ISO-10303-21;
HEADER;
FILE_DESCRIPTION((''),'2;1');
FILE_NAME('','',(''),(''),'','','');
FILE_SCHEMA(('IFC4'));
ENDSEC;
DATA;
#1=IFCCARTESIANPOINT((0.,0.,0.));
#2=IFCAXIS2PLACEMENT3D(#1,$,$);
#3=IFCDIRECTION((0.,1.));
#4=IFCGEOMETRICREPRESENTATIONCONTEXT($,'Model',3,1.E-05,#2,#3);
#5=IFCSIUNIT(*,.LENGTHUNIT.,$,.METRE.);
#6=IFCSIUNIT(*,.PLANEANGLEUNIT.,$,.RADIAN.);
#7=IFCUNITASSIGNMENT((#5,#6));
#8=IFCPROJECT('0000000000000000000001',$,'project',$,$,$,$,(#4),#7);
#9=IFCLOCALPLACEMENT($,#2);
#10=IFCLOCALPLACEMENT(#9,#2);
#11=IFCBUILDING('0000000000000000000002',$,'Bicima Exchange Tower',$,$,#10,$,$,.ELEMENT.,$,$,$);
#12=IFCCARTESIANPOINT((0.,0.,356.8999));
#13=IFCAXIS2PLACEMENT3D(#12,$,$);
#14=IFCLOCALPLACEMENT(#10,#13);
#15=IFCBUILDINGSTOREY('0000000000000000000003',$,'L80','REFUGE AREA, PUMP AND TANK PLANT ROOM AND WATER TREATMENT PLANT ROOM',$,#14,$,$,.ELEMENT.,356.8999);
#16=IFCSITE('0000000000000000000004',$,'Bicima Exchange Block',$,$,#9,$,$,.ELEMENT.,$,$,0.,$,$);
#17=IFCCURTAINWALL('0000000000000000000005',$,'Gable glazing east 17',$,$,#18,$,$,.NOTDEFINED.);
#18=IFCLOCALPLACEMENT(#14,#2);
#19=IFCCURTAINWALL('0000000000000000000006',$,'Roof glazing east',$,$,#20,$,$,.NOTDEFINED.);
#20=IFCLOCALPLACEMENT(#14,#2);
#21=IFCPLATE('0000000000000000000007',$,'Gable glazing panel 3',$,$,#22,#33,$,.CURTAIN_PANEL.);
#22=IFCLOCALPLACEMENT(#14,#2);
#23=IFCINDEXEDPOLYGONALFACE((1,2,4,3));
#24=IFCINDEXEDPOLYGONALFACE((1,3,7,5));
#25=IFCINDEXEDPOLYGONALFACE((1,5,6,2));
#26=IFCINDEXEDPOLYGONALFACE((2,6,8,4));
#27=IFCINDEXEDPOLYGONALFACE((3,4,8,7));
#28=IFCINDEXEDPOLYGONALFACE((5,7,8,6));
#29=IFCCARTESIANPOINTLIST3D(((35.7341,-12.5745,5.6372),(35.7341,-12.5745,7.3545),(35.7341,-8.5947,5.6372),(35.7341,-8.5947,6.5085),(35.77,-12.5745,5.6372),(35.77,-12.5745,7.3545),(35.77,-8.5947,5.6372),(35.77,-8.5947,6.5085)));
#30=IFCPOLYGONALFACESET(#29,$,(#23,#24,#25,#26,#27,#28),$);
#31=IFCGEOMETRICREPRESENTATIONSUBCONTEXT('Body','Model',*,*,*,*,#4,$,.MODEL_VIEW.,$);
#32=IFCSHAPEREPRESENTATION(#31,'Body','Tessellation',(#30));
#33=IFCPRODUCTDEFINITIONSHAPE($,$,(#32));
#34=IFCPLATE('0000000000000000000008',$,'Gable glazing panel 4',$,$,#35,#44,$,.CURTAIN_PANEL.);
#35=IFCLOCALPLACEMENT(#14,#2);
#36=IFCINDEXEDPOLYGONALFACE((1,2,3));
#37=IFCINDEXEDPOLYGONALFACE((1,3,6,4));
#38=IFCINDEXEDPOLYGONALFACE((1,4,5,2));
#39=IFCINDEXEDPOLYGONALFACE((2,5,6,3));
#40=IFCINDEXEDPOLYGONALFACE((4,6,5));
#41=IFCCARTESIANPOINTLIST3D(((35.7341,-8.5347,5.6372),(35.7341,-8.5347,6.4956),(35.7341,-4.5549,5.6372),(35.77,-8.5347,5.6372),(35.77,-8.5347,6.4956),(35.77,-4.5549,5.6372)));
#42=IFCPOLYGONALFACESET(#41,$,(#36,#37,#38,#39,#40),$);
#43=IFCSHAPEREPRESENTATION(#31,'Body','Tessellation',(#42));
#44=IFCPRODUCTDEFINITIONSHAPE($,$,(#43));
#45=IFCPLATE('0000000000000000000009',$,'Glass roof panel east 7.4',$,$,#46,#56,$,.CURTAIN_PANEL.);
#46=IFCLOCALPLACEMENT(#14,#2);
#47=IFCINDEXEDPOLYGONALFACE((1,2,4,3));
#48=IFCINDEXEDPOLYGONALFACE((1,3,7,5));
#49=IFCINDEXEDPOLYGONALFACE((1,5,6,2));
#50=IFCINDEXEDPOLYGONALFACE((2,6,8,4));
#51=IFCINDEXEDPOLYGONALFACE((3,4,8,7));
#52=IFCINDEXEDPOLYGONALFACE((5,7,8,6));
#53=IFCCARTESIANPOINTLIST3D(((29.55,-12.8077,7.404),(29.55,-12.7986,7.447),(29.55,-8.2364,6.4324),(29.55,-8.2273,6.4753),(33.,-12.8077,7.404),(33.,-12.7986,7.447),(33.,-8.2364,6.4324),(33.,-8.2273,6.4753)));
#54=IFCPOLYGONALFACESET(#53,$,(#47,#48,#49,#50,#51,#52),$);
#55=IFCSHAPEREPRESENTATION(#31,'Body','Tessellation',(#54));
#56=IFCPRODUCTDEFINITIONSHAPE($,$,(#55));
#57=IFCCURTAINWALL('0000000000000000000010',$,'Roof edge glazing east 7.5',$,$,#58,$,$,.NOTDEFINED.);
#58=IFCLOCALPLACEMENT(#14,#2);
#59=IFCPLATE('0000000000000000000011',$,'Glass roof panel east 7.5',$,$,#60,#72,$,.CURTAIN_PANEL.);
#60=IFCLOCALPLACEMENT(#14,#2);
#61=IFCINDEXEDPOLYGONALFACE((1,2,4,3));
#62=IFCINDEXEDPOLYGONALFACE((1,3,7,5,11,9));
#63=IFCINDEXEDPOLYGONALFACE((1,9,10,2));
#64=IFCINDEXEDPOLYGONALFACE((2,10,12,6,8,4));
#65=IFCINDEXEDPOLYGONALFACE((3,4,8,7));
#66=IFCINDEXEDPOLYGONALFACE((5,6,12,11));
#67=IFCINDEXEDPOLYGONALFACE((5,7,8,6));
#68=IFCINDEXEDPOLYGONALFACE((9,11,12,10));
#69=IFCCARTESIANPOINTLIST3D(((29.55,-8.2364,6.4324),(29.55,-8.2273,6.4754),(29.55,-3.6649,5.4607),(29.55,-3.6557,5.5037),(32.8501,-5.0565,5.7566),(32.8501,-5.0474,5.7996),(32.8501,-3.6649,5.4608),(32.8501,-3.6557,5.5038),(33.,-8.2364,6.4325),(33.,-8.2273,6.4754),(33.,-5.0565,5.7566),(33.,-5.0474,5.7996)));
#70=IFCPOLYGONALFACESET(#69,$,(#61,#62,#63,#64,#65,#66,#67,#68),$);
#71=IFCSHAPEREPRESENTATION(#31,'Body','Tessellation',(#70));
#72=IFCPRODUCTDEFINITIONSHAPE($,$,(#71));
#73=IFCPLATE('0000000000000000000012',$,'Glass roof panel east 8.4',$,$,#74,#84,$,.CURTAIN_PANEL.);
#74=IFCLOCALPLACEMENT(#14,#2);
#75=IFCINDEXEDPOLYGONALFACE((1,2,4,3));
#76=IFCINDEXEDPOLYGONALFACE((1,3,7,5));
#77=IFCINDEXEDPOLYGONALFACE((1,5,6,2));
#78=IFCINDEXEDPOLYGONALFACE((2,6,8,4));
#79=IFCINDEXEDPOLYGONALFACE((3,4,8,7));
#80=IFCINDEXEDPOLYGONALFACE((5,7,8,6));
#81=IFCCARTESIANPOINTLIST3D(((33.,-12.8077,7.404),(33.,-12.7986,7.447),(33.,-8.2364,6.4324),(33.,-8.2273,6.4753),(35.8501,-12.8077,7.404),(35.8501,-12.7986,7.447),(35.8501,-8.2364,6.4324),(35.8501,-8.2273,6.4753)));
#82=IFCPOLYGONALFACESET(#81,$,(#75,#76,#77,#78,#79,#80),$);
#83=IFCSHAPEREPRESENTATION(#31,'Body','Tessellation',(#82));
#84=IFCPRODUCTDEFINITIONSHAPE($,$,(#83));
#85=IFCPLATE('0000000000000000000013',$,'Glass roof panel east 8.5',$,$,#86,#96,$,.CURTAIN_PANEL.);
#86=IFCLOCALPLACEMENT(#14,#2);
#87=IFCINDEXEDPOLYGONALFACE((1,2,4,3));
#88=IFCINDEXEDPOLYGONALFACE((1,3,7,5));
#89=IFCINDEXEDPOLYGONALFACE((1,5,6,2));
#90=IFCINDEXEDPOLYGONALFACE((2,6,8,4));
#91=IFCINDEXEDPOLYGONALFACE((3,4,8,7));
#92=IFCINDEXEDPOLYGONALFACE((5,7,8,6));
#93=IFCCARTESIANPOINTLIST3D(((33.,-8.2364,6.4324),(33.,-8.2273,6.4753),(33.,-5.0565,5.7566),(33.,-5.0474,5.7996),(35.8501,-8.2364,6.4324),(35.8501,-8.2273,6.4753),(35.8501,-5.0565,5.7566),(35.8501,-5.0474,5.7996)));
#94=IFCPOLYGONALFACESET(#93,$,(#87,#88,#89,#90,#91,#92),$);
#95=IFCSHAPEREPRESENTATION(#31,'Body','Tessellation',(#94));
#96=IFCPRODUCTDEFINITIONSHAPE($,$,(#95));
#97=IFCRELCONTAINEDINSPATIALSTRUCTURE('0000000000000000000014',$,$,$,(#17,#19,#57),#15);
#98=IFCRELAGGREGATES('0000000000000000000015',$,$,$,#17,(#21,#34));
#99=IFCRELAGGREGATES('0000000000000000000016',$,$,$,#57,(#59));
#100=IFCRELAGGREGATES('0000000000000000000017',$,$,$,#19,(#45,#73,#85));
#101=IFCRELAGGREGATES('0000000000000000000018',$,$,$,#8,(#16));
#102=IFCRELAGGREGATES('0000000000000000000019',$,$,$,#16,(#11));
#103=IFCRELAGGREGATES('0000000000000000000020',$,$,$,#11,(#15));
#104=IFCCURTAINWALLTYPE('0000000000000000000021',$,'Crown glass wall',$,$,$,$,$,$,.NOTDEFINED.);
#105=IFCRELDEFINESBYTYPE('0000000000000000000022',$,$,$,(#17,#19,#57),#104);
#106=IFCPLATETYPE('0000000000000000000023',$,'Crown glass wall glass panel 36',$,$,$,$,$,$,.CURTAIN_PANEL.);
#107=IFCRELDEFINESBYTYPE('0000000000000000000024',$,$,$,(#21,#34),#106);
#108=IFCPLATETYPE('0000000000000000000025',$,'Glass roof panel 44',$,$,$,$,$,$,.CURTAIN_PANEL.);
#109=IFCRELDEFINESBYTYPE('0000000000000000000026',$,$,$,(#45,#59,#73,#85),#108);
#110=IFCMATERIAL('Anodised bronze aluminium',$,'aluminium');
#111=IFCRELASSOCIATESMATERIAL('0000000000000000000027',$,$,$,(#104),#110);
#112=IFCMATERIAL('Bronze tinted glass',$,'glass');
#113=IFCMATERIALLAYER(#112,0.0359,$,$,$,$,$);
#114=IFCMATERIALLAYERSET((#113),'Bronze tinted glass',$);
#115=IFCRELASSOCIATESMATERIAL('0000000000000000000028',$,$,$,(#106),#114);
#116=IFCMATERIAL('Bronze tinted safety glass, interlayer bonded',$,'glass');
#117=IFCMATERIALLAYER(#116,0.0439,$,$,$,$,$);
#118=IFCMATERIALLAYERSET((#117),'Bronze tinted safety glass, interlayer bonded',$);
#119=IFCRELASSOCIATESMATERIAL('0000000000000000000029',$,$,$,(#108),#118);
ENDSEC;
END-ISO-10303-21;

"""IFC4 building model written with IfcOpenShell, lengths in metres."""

from ifc_helpers import new_model, si_unit, direction, frame, origin, place, context, subcontext, project, spatial, polyline, outline, extrude, material, layer, layer_set, type_object, element, aggregate, save


model = new_model("IFC4")

# Units and contexts
model_context = context("Model", 3, precision=1e-05, world=origin(), true_north=direction((0.0, 1.0)))
body_context = subcontext(model_context, "Body", "Model", "MODEL_VIEW")
ifc_project = project(units=[si_unit("LENGTHUNIT", "METRE"), si_unit("PLANEANGLEUNIT", "RADIAN")], contexts=[model_context])

# Site, building, storey
site_placement = place(None, origin())
site = spatial("IfcSite", under=ifc_project, at=site_placement, Name="Bicima Exchange Block", CompositionType="ELEMENT", RefElevation=0.0)
building_placement = place(site_placement, origin())
building = spatial("IfcBuilding", under=site, at=building_placement, Name="Bicima Exchange Tower", CompositionType="ELEMENT")
storey_placement = place(building_placement, frame((0.0, 0.0, 356.8999)))
storey = spatial("IfcBuildingStorey", under=building, at=storey_placement, Name="L80", Description="REFUGE AREA, PUMP AND TANK PLANT ROOM AND WATER TREATMENT PLANT ROOM", CompositionType="ELEMENT", Elevation=356.8999)

# Curtain wall
ifc_material_1 = material(Name="Anodised bronze aluminium", Category="aluminium")
curtain_wall_type = type_object("IfcCurtainWallType", Name="Crown glass wall", PredefinedType="NOTDEFINED", material=ifc_material_1)
curtain_wall_1_placement = place(storey_placement, origin())
curtain_wall_1 = element("IfcCurtainWall", 1, at=curtain_wall_1_placement, inside=storey, type_object=curtain_wall_type, Name="Gable glazing east 17", PredefinedType="NOTDEFINED")

# Curtain wall
curtain_wall_2_placement = place(storey_placement, origin())
curtain_wall_2 = element("IfcCurtainWall", 2, at=curtain_wall_2_placement, inside=storey, type_object=curtain_wall_type, Name="Roof glazing east", PredefinedType="NOTDEFINED")

# Plates
ifc_material_2 = material(Name="Bronze tinted glass", Category="glass")
ifc_layer_1 = layer(ifc_material_2, 0.0359)
ifc_layer_set_1 = layer_set([ifc_layer_1], Name="Bronze tinted glass")
plate_type_1 = type_object("IfcPlateType", Name="Crown glass wall glass panel 36", PredefinedType="CURTAIN_PANEL", material=ifc_layer_set_1)
plate_1_placement = place(storey_placement, frame((35.77, -12.5745, 5.6372), z_axis=(1.0, 0.0, 0.0), x_axis=(0.0, 1.0, 0.0)))
plate_1 = element("IfcPlate", 3, at=plate_1_placement, type_object=plate_type_1, Name="Gable glazing panel 3", PredefinedType="CURTAIN_PANEL", context=body_context, shape_type="SweptSolid", body=[
    extrude(outline(polyline([(0.0, 0.0), (3.9797, 0.0), (3.9797, 0.8713), (0.0, 1.7173), (0.0, 0.0)])), origin(), (0.0, 0.0, -1.0), 0.0359),
])
plate_2_placement = place(storey_placement, frame((35.77, -8.5347, 5.6372), z_axis=(1.0, 0.0, 0.0), x_axis=(0.0, 1.0, 0.0)))
plate_2 = element("IfcPlate", 4, at=plate_2_placement, type_object=plate_type_1, Name="Gable glazing panel 4", PredefinedType="CURTAIN_PANEL", context=body_context, shape_type="SweptSolid", body=[
    extrude(outline(polyline([(0.0, 0.0), (3.9797, 0.0), (0.0, 0.8584), (0.0, 0.0)])), origin(), (0.0, 0.0, -1.0), 0.0359),
])
aggregate(curtain_wall_1, [plate_1, plate_2])
ifc_material_3 = material(Name="Bronze tinted safety glass, interlayer bonded", Category="glass")
ifc_layer_2 = layer(ifc_material_3, 0.0439)
ifc_layer_set_2 = layer_set([ifc_layer_2], Name="Bronze tinted safety glass, interlayer bonded")
plate_type_2 = type_object("IfcPlateType", Name="Glass roof panel 44", PredefinedType="CURTAIN_PANEL", material=ifc_layer_set_2)
plate_3_placement = place(storey_placement, frame((29.55, -12.7986, 7.447), z_axis=(0.0, 0.207916, 0.978147), x_axis=(0.0, 0.978147, -0.207916)))
plate_3 = element("IfcPlate", 5, at=plate_3_placement, type_object=plate_type_2, Name="Glass roof panel east 7.4", PredefinedType="CURTAIN_PANEL", context=body_context, shape_type="SweptSolid", body=[
    extrude(outline(polyline([(0.0, 0.0), (4.6734, 0.0), (4.6734, -3.45), (0.0, -3.45), (0.0, 0.0)])), origin(), (0.0, 0.0, -1.0), 0.0439),
])

# Curtain wall, plate
curtain_wall_3_placement = place(storey_placement, origin())
curtain_wall_3 = element("IfcCurtainWall", 6, at=curtain_wall_3_placement, inside=storey, type_object=curtain_wall_type, Name="Roof edge glazing east 7.5", PredefinedType="NOTDEFINED")
plate_4_placement = place(storey_placement, frame((32.8501, -5.0474, 5.7996), z_axis=(-0.000016, 0.207905, 0.978149), x_axis=(1.0, 0.000003, 0.000016)))
plate_4 = element("IfcPlate", 7, at=plate_4_placement, type_object=plate_type_2, Name="Glass roof panel east 7.5", PredefinedType="CURTAIN_PANEL", context=body_context, shape_type="SweptSolid", body=[
    extrude(outline(polyline([(0.0, 0.0), (0.1499, 0.0), (0.1499, -3.2509), (-3.3, -3.2509), (-3.3, 1.4227), (0.0, 1.4227), (0.0, 0.0)])), origin(), (0.0, 0.0, -1.0), 0.0439),
])
aggregate(curtain_wall_3, [plate_4])

# Plates
plate_5_placement = place(storey_placement, frame((35.8501, -12.7986, 7.447), z_axis=(0.0, 0.207916, 0.978147), x_axis=(-1.0, 0.0, 0.0)))
plate_5 = element("IfcPlate", 8, at=plate_5_placement, type_object=plate_type_2, Name="Glass roof panel east 8.4", PredefinedType="CURTAIN_PANEL", context=body_context, shape_type="SweptSolid", body=[
    extrude(outline(polyline([(0.0, 0.0), (2.8501, 0.0), (2.8501, -4.6734), (0.0, -4.6734), (0.0, 0.0)])), origin(), (0.0, 0.0, -1.0), 0.0439),
])
plate_6_placement = place(storey_placement, frame((35.8501, -8.2273, 6.4753), z_axis=(0.0, 0.207872, 0.978156), x_axis=(-1.0, 0.0, 0.0)))
plate_6 = element("IfcPlate", 9, at=plate_6_placement, type_object=plate_type_2, Name="Glass roof panel east 8.5", PredefinedType="CURTAIN_PANEL", context=body_context, shape_type="SweptSolid", body=[
    extrude(outline(polyline([(0.0, 0.0), (2.8501, 0.0), (2.8501, -3.2509), (0.0, -3.2509), (0.0, 0.0)])), origin(), (0.0, 0.0, -1.0), 0.0439),
])
aggregate(curtain_wall_2, [plate_3, plate_5, plate_6])

save(model, "model.ifc")
